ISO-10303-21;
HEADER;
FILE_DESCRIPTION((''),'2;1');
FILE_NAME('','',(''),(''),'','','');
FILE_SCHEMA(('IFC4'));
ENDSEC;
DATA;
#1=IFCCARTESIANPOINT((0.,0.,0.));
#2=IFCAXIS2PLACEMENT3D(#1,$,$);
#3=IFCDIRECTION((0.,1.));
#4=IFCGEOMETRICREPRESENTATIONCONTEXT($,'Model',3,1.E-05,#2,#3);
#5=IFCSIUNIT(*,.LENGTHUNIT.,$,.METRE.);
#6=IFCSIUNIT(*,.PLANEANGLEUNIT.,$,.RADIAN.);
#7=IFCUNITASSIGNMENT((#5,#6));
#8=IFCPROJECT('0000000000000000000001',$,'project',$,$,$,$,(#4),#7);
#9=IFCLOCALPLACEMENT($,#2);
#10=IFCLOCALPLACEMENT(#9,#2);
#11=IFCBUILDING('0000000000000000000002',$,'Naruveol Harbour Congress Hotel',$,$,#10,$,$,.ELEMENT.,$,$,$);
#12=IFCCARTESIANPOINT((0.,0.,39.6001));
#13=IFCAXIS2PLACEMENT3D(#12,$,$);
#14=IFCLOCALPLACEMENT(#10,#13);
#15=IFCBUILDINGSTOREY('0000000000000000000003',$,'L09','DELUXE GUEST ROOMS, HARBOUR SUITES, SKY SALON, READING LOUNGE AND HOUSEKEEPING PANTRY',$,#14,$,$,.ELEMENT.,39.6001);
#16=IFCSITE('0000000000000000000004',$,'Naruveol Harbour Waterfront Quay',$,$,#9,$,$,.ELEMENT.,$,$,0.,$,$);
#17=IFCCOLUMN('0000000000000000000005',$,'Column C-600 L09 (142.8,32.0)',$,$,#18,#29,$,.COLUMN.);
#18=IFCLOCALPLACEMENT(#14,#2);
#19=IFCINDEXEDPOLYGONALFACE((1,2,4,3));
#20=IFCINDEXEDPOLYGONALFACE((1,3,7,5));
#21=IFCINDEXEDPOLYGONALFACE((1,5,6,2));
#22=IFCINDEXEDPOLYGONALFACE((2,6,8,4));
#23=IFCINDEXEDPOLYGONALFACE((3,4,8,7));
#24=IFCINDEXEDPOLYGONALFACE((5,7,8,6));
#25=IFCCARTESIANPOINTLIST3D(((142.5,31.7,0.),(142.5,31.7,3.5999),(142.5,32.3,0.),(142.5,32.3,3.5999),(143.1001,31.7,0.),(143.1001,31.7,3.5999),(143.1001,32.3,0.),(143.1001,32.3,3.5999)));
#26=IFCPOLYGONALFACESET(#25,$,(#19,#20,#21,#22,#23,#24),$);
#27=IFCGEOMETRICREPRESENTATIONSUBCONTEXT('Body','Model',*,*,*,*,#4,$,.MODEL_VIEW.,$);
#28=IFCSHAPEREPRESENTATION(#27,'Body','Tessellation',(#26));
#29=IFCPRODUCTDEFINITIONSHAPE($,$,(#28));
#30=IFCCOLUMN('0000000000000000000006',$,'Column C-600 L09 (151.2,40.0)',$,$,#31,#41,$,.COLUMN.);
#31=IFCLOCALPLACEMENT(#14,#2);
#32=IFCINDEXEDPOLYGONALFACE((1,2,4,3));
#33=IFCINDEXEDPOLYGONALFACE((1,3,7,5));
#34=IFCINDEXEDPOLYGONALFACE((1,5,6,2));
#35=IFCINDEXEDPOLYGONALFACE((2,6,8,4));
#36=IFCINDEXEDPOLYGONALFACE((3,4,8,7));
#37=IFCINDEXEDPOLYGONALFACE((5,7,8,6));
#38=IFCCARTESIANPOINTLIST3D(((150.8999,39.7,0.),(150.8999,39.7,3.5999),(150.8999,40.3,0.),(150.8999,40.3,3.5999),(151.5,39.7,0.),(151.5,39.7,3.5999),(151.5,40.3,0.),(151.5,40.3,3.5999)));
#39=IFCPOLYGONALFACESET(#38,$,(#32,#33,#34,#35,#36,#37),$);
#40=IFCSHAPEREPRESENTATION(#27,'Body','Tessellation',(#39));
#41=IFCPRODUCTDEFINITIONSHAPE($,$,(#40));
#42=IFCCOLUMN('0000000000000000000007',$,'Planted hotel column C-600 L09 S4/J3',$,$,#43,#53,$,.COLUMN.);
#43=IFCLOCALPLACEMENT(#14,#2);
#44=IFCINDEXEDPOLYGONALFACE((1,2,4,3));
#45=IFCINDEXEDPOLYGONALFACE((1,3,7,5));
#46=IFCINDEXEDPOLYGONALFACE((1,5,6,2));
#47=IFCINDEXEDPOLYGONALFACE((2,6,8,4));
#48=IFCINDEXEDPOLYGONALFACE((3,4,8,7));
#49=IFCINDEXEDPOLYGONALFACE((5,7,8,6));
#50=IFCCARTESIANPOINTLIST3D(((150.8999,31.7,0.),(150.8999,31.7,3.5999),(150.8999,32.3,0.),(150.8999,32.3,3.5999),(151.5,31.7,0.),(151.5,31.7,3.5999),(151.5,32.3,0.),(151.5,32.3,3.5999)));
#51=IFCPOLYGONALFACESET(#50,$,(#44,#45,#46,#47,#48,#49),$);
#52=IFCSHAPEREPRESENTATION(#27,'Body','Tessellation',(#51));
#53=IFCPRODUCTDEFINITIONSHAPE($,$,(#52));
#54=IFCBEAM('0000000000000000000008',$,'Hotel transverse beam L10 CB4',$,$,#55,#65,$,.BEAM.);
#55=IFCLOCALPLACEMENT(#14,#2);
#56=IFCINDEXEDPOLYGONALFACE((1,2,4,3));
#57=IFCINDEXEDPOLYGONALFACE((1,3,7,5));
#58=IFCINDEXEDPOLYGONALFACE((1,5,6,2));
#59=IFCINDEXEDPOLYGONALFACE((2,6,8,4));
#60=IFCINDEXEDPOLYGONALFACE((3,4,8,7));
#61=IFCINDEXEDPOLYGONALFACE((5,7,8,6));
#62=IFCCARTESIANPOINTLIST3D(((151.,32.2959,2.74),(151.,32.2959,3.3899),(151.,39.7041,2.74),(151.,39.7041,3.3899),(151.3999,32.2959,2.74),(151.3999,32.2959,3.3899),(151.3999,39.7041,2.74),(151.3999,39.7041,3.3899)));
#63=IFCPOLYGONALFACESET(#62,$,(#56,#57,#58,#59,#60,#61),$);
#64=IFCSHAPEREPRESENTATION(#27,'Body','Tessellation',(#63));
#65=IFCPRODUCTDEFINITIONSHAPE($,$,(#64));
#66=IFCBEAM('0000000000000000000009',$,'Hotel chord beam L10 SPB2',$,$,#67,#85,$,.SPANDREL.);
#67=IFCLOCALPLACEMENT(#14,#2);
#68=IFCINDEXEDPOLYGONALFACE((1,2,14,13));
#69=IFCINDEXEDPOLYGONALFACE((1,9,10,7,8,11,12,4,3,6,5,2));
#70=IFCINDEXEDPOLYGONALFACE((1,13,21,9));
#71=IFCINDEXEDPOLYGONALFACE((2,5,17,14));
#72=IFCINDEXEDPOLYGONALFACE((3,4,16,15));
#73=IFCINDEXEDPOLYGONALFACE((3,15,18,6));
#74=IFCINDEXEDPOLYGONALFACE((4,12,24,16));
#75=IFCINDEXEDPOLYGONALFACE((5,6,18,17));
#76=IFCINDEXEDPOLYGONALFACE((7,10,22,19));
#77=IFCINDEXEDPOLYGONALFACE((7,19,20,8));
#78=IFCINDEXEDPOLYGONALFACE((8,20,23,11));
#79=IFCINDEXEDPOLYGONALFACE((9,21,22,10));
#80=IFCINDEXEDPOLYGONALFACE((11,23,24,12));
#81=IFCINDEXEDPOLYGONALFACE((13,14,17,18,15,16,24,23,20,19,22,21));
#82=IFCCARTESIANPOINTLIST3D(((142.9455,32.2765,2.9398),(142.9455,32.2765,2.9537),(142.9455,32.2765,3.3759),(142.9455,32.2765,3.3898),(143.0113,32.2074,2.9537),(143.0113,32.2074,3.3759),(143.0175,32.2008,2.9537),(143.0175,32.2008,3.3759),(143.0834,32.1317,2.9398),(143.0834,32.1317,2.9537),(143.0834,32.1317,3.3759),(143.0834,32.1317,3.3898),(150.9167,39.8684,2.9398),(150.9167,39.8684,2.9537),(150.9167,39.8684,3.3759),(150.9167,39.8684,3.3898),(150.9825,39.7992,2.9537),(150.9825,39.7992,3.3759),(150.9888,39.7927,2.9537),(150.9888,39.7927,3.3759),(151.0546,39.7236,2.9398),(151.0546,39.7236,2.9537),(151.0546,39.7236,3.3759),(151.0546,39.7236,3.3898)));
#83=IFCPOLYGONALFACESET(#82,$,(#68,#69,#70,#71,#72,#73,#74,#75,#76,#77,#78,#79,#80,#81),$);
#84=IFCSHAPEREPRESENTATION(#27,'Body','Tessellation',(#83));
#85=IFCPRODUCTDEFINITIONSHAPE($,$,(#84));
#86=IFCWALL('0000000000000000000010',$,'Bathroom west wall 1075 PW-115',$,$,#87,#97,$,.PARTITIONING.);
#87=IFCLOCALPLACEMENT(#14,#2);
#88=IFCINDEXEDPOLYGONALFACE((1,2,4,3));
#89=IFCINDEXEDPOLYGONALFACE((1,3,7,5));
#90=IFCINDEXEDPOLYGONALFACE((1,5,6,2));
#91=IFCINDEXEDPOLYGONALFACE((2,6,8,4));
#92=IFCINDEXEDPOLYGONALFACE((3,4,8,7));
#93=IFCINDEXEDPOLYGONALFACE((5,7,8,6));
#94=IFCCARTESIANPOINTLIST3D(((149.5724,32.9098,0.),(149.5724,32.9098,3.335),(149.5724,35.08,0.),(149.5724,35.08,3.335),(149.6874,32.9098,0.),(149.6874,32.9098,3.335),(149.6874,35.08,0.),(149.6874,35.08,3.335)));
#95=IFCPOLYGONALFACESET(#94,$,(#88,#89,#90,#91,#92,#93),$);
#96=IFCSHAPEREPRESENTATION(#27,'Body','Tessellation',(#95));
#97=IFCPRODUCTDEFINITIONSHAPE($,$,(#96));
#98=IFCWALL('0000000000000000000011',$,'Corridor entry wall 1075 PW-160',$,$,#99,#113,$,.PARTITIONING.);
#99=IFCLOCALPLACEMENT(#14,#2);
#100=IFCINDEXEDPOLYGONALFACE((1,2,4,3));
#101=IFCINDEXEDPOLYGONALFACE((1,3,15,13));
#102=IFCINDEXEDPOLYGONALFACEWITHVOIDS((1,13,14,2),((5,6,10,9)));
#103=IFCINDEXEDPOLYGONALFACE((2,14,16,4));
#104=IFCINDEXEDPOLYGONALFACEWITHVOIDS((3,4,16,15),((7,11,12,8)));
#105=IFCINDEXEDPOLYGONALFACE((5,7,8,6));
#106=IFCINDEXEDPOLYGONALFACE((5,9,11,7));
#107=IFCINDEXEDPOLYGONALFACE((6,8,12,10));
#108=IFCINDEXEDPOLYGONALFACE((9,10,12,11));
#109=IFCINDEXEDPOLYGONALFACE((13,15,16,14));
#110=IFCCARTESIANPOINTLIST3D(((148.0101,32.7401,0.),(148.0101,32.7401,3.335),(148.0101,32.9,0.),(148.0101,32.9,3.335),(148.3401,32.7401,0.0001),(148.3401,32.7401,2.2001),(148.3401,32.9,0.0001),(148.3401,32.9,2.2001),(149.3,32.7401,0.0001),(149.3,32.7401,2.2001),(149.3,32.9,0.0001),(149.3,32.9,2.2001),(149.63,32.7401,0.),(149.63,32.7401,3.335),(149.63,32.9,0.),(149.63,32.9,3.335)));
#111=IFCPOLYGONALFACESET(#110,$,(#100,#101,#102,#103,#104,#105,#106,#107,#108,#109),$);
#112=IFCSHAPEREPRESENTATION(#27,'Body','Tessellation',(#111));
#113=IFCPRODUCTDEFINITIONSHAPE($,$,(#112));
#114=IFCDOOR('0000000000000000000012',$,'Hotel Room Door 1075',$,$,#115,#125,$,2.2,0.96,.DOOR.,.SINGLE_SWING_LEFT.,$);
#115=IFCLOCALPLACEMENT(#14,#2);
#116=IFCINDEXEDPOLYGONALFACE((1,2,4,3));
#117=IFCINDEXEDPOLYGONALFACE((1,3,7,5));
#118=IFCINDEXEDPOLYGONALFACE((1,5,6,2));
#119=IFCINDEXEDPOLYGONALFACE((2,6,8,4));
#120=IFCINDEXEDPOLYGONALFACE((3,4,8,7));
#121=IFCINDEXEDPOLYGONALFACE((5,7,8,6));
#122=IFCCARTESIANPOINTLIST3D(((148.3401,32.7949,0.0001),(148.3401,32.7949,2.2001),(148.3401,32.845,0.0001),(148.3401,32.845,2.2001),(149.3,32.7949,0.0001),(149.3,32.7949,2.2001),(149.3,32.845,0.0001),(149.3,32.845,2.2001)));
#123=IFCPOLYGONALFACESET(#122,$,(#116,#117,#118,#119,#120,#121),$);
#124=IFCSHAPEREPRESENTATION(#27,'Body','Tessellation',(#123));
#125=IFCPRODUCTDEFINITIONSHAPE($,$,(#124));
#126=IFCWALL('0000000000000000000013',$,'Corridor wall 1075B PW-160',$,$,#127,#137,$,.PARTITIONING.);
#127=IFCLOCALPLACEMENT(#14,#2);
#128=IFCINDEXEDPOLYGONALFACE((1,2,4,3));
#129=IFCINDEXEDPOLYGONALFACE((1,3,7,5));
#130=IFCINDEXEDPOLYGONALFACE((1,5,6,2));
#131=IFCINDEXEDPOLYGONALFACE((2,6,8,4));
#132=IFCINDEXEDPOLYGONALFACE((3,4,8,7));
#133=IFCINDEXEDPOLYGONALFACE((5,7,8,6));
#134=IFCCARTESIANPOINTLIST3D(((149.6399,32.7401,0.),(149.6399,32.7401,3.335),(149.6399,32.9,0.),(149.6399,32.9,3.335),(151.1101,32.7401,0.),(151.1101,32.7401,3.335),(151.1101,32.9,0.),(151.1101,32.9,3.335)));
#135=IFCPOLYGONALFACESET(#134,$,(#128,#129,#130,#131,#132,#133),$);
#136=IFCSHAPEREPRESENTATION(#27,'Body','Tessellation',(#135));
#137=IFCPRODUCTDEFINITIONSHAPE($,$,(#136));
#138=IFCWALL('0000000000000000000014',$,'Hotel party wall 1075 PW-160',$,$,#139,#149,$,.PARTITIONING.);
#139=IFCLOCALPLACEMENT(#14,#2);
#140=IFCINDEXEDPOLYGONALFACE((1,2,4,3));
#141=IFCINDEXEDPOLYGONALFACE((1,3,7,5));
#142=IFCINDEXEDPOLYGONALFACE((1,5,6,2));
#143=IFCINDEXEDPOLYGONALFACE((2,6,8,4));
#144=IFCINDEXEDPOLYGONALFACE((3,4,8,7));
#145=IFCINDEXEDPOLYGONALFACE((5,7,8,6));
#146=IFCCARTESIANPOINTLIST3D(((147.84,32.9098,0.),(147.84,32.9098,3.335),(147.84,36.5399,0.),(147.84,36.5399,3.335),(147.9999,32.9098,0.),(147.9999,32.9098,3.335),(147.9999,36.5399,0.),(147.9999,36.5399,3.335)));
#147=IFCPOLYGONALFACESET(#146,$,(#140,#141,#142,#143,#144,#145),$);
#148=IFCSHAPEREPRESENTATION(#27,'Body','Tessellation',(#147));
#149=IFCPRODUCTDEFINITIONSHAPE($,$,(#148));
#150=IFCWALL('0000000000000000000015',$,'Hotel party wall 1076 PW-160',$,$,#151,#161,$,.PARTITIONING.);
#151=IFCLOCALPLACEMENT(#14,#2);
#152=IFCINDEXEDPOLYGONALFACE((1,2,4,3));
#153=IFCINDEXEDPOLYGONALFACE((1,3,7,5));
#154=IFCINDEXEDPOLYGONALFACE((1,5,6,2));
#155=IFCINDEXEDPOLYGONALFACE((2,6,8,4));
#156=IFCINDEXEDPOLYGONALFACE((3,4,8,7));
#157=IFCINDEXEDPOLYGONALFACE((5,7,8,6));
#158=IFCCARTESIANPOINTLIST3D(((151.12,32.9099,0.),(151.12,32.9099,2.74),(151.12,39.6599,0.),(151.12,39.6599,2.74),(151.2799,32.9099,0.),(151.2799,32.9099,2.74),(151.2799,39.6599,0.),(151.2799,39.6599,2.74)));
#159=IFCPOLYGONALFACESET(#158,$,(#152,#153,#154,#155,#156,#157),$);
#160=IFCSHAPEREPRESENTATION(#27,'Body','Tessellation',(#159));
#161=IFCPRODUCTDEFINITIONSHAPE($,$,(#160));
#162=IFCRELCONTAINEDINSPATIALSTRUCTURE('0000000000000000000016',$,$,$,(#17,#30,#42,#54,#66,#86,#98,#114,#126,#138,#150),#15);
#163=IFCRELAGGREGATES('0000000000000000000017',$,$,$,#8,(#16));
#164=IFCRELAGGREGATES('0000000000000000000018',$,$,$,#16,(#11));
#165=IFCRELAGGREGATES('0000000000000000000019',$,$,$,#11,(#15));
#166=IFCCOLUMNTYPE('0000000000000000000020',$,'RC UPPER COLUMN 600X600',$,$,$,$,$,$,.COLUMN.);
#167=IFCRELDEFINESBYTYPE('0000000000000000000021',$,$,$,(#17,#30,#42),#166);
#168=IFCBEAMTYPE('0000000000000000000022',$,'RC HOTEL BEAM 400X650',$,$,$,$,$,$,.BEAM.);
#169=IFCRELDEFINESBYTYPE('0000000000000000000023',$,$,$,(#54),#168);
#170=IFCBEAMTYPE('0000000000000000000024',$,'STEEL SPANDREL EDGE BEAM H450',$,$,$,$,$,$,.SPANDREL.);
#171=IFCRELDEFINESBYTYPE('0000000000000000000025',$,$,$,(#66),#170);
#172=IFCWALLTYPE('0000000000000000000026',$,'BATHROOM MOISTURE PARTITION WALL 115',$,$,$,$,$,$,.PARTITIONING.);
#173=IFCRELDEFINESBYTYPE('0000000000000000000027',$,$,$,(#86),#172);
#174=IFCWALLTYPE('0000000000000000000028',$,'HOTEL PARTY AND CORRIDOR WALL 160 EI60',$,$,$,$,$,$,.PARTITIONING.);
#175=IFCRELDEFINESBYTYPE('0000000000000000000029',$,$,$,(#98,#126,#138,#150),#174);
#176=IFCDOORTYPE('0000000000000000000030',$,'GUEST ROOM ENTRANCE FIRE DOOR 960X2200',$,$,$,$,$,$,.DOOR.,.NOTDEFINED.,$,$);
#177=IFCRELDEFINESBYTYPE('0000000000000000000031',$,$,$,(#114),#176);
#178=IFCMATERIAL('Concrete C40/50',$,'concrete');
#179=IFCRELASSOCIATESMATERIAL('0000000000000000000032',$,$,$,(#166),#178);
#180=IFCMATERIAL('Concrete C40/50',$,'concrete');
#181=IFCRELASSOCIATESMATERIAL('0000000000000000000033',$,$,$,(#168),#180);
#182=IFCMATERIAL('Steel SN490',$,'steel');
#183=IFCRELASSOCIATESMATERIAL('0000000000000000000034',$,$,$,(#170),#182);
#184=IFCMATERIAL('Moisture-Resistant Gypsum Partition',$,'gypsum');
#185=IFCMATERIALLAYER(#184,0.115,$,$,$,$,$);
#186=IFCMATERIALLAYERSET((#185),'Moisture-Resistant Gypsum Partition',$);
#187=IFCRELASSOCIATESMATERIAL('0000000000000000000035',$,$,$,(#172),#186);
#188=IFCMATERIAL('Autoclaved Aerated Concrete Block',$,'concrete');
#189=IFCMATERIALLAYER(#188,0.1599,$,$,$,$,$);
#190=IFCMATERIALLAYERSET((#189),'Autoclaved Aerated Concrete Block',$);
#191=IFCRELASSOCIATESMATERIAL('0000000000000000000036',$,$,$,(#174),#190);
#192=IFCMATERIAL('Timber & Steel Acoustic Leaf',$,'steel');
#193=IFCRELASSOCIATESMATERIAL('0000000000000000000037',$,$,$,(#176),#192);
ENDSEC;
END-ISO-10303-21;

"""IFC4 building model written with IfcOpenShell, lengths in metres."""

from ifc_helpers import new_model, si_unit, direction, frame, frame_2d, origin, origin_2d, place, context, subcontext, project, spatial, rectangle, i_section, extrude, material, layer, layer_set, material_profile, profile_set, type_object, element, fill, save


model = new_model("IFC4")

# Units and contexts
model_context = context("Model", 3, precision=1e-05, world=origin(), true_north=direction((0.0, 1.0)))
body_context = subcontext(model_context, "Body", "Model", "MODEL_VIEW")
ifc_project = project(units=[si_unit("LENGTHUNIT", "METRE"), si_unit("PLANEANGLEUNIT", "RADIAN")], contexts=[model_context])

# Site, building, storey
site_placement = place(None, origin())
site = spatial("IfcSite", under=ifc_project, at=site_placement, Name="Naruveol Harbour Waterfront Quay", CompositionType="ELEMENT", RefElevation=0.0)
building_placement = place(site_placement, origin())
building = spatial("IfcBuilding", under=site, at=building_placement, Name="Naruveol Harbour Congress Hotel", CompositionType="ELEMENT")
storey_placement = place(building_placement, frame((0.0, 0.0, 39.6001)))
storey = spatial("IfcBuildingStorey", under=building, at=storey_placement, Name="L09", Description="DELUXE GUEST ROOMS, HARBOUR SUITES, SKY SALON, READING LOUNGE AND HOUSEKEEPING PANTRY", CompositionType="ELEMENT", Elevation=39.6001)

# Columns
ifc_material_1 = material(Name="Concrete C40/50", Category="concrete")
ifc_material_profile_1 = material_profile(ifc_material_1, rectangle(XDim=0.6001, YDim=0.6001, at=origin_2d()), Name="RC-600x600")
ifc_profile_set_1 = profile_set([ifc_material_profile_1], Name="Concrete C40/50")
column_type = type_object("IfcColumnType", Name="RC UPPER COLUMN 600X600", PredefinedType="COLUMN", material=ifc_profile_set_1)
for number, where, z_axis, x_axis, name in (
    (1, (142.8, 32.0, 0.0), (0.0, 0.0, 1.0), (1.0, 0.0, 0.0), "Column C-600 L09 (142.8,32.0)"),
    (2, (151.2, 40.0, 0.0), (0.0, 0.0, 1.0), (1.0, 0.0, 0.0), "Column C-600 L09 (151.2,40.0)"),
    (3, (151.2, 32.0, 0.0), (0.0, 0.0, 1.0), (1.0, 0.0, 0.0), "Planted hotel column C-600 L09 S4/J3"),
):
    element("IfcColumn", number, at=place(storey_placement, frame(where, z_axis=z_axis, x_axis=x_axis)), inside=storey, type_object=column_type, Name=name, PredefinedType="COLUMN", context=body_context, shape_type="SweptSolid", body=[
        extrude(rectangle(XDim=0.6001, YDim=0.6001, at=origin_2d()), origin(), (0.0, 0.0, 1.0), 3.5999),
    ])

# Beams
ifc_material_2 = material(Name="Concrete C40/50", Category="concrete")
ifc_material_profile_2 = material_profile(ifc_material_2, rectangle(XDim=0.3999, YDim=0.6499, at=origin_2d()), Name="RCB-400x650")
ifc_profile_set_2 = profile_set([ifc_material_profile_2], Name="Concrete C40/50")
beam_type_1 = type_object("IfcBeamType", Name="RC HOTEL BEAM 400X650", PredefinedType="BEAM", material=ifc_profile_set_2)
beam_1_placement = place(storey_placement, frame((151.2, 32.2959, 3.0649), z_axis=(0.0, 1.0, 0.0), x_axis=(-1.0, 0.0, 0.0)))
element("IfcBeam", 4, at=beam_1_placement, inside=storey, type_object=beam_type_1, Name="Hotel transverse beam L10 CB4", PredefinedType="BEAM", context=body_context, shape_type="SweptSolid", body=[
    extrude(rectangle(XDim=0.3999, YDim=0.6499, at=origin_2d()), origin(), (0.0, 0.0, 1.0), 7.4082),
])
ifc_material_3 = material(Name="Steel SN490", Category="steel")
ifc_material_profile_3 = material_profile(ifc_material_3, i_section(OverallWidth=0.2, OverallDepth=0.45, WebThickness=0.009, FlangeThickness=0.0139, at=origin_2d()), Name="H-450x200x9x14")
ifc_profile_set_3 = profile_set([ifc_material_profile_3], Name="Steel SN490")
beam_type_2 = type_object("IfcBeamType", Name="STEEL SPANDREL EDGE BEAM H450", PredefinedType="SPANDREL", material=ifc_profile_set_3)
beam_2_placement = place(storey_placement, frame((143.0144, 32.2041, 3.1648), z_axis=(0.724129, 0.689664, 0.0), x_axis=(-0.689664, 0.724129, 0.0)))
element("IfcBeam", 5, at=beam_2_placement, inside=storey, type_object=beam_type_2, Name="Hotel chord beam L10 SPB2", PredefinedType="SPANDREL", context=body_context, shape_type="SweptSolid", body=[
    extrude(i_section(OverallWidth=0.2, OverallDepth=0.45, WebThickness=0.009, FlangeThickness=0.0139, at=origin_2d()), origin(), (0.0, 0.0, 1.0), 11.0081),
])

# Shared definitions
ifc_material_4 = material(Name="Moisture-Resistant Gypsum Partition", Category="gypsum")
ifc_layer_1 = layer(ifc_material_4, 0.115)
ifc_layer_set_1 = layer_set([ifc_layer_1], Name="Moisture-Resistant Gypsum Partition")
wall_type_1 = type_object("IfcWallType", Name="BATHROOM MOISTURE PARTITION WALL 115", PredefinedType="PARTITIONING", material=ifc_layer_set_1)

# Wall
wall_1_placement = place(storey_placement, frame((149.6299, 32.9099, 0.0), z_axis=(0.0, 0.0, 1.0), x_axis=(0.0, 1.0, 0.0)))
element("IfcWall", 6, at=wall_1_placement, inside=storey, type_object=wall_type_1, Name="Bathroom west wall 1075 PW-115", PredefinedType="PARTITIONING", context=body_context, shape_type="SweptSolid", body=[
    extrude(rectangle(XDim=2.1702, YDim=0.115, at=frame_2d((1.085, 0.0))), origin(), (0.0, 0.0, 1.0), 3.335),
])

# Wall, opening, door
ifc_material_5 = material(Name="Autoclaved Aerated Concrete Block", Category="concrete")
ifc_layer_2 = layer(ifc_material_5, 0.1599)
ifc_layer_set_2 = layer_set([ifc_layer_2], Name="Autoclaved Aerated Concrete Block")
wall_type_2 = type_object("IfcWallType", Name="HOTEL PARTY AND CORRIDOR WALL 160 EI60", PredefinedType="PARTITIONING", material=ifc_layer_set_2)
wall_2_placement = place(storey_placement, frame((148.01, 32.8201, 0.0), z_axis=(0.0, 0.0, 1.0), x_axis=(1.0, 0.0, 0.0)))
wall_2 = element("IfcWall", 7, at=wall_2_placement, inside=storey, type_object=wall_type_2, Name="Corridor entry wall 1075 PW-160", PredefinedType="PARTITIONING", context=body_context, shape_type="SweptSolid", body=[
    extrude(rectangle(XDim=1.6199, YDim=0.1599, at=frame_2d((0.8101, 0.0))), origin(), (0.0, 0.0, 1.0), 3.335),
])
opening_1_placement = place(wall_2_placement, frame((0.3301, 0.0, 0.0)))
opening_1 = element("IfcOpeningElement", 8, at=opening_1_placement, cuts=wall_2, PredefinedType="OPENING", context=body_context, shape_type="SweptSolid", body=[
    extrude(rectangle(XDim=0.96, YDim=2.2, at=frame_2d((0.48, 1.1001))), frame((0.0, 0.0898, 0.0), z_axis=(0.0, -1.0, 0.0), x_axis=(1.0, 0.0, 0.0)), (0.0, 0.0, 1.0), 0.1799),
])
ifc_material_6 = material(Name="Timber & Steel Acoustic Leaf", Category="steel")
door_type_1 = type_object("IfcDoorType", Name="GUEST ROOM ENTRANCE FIRE DOOR 960X2200", OperationType="NOTDEFINED", PredefinedType="DOOR", material=ifc_material_6)
door_1_placement = place(opening_1_placement, origin())
door_1 = element("IfcDoor", 9, at=door_1_placement, inside=storey, type_object=door_type_1, Name="Hotel Room Door 1075", OperationType="SINGLE_SWING_LEFT", OverallHeight=2.2, OverallWidth=0.96, PredefinedType="DOOR", context=body_context, shape_type="SweptSolid", body=[
    extrude(rectangle(XDim=0.96, YDim=2.2, at=frame_2d((0.48, 1.1001))), frame((0.0, 0.0249, 0.0), z_axis=(0.0, -1.0, 0.0), x_axis=(1.0, 0.0, 0.0)), (0.0, 0.0, 1.0), 0.05),
])
fill(opening_1, door_1)

# Walls
wall_3_placement = place(storey_placement, frame((149.6399, 32.8201, 0.0), z_axis=(0.0, 0.0, 1.0), x_axis=(1.0, 0.0, 0.0)))
element("IfcWall", 10, at=wall_3_placement, inside=storey, type_object=wall_type_2, Name="Corridor wall 1075B PW-160", PredefinedType="PARTITIONING", context=body_context, shape_type="SweptSolid", body=[
    extrude(rectangle(XDim=1.4702, YDim=0.1599, at=frame_2d((0.7351, 0.0))), origin(), (0.0, 0.0, 1.0), 3.335),
])
wall_4_placement = place(storey_placement, frame((147.9199, 32.9099, 0.0), z_axis=(0.0, 0.0, 1.0), x_axis=(0.0, 1.0, 0.0)))
element("IfcWall", 11, at=wall_4_placement, inside=storey, type_object=wall_type_2, Name="Hotel party wall 1075 PW-160", PredefinedType="PARTITIONING", context=body_context, shape_type="SweptSolid", body=[
    extrude(rectangle(XDim=3.6301, YDim=0.1599, at=frame_2d((1.8149, 0.0))), origin(), (0.0, 0.0, 1.0), 3.335),
])
wall_5_placement = place(storey_placement, frame((151.2, 32.9099, 0.0), z_axis=(0.0, 0.0, 1.0), x_axis=(0.0, 1.0, 0.0)))
element("IfcWall", 12, at=wall_5_placement, inside=storey, type_object=wall_type_2, Name="Hotel party wall 1076 PW-160", PredefinedType="PARTITIONING", context=body_context, shape_type="SweptSolid", body=[
    extrude(rectangle(XDim=6.75, YDim=0.1599, at=frame_2d((3.375, 0.0))), origin(), (0.0, 0.0, 1.0), 2.74),
])

save(model, "model.ifc")
